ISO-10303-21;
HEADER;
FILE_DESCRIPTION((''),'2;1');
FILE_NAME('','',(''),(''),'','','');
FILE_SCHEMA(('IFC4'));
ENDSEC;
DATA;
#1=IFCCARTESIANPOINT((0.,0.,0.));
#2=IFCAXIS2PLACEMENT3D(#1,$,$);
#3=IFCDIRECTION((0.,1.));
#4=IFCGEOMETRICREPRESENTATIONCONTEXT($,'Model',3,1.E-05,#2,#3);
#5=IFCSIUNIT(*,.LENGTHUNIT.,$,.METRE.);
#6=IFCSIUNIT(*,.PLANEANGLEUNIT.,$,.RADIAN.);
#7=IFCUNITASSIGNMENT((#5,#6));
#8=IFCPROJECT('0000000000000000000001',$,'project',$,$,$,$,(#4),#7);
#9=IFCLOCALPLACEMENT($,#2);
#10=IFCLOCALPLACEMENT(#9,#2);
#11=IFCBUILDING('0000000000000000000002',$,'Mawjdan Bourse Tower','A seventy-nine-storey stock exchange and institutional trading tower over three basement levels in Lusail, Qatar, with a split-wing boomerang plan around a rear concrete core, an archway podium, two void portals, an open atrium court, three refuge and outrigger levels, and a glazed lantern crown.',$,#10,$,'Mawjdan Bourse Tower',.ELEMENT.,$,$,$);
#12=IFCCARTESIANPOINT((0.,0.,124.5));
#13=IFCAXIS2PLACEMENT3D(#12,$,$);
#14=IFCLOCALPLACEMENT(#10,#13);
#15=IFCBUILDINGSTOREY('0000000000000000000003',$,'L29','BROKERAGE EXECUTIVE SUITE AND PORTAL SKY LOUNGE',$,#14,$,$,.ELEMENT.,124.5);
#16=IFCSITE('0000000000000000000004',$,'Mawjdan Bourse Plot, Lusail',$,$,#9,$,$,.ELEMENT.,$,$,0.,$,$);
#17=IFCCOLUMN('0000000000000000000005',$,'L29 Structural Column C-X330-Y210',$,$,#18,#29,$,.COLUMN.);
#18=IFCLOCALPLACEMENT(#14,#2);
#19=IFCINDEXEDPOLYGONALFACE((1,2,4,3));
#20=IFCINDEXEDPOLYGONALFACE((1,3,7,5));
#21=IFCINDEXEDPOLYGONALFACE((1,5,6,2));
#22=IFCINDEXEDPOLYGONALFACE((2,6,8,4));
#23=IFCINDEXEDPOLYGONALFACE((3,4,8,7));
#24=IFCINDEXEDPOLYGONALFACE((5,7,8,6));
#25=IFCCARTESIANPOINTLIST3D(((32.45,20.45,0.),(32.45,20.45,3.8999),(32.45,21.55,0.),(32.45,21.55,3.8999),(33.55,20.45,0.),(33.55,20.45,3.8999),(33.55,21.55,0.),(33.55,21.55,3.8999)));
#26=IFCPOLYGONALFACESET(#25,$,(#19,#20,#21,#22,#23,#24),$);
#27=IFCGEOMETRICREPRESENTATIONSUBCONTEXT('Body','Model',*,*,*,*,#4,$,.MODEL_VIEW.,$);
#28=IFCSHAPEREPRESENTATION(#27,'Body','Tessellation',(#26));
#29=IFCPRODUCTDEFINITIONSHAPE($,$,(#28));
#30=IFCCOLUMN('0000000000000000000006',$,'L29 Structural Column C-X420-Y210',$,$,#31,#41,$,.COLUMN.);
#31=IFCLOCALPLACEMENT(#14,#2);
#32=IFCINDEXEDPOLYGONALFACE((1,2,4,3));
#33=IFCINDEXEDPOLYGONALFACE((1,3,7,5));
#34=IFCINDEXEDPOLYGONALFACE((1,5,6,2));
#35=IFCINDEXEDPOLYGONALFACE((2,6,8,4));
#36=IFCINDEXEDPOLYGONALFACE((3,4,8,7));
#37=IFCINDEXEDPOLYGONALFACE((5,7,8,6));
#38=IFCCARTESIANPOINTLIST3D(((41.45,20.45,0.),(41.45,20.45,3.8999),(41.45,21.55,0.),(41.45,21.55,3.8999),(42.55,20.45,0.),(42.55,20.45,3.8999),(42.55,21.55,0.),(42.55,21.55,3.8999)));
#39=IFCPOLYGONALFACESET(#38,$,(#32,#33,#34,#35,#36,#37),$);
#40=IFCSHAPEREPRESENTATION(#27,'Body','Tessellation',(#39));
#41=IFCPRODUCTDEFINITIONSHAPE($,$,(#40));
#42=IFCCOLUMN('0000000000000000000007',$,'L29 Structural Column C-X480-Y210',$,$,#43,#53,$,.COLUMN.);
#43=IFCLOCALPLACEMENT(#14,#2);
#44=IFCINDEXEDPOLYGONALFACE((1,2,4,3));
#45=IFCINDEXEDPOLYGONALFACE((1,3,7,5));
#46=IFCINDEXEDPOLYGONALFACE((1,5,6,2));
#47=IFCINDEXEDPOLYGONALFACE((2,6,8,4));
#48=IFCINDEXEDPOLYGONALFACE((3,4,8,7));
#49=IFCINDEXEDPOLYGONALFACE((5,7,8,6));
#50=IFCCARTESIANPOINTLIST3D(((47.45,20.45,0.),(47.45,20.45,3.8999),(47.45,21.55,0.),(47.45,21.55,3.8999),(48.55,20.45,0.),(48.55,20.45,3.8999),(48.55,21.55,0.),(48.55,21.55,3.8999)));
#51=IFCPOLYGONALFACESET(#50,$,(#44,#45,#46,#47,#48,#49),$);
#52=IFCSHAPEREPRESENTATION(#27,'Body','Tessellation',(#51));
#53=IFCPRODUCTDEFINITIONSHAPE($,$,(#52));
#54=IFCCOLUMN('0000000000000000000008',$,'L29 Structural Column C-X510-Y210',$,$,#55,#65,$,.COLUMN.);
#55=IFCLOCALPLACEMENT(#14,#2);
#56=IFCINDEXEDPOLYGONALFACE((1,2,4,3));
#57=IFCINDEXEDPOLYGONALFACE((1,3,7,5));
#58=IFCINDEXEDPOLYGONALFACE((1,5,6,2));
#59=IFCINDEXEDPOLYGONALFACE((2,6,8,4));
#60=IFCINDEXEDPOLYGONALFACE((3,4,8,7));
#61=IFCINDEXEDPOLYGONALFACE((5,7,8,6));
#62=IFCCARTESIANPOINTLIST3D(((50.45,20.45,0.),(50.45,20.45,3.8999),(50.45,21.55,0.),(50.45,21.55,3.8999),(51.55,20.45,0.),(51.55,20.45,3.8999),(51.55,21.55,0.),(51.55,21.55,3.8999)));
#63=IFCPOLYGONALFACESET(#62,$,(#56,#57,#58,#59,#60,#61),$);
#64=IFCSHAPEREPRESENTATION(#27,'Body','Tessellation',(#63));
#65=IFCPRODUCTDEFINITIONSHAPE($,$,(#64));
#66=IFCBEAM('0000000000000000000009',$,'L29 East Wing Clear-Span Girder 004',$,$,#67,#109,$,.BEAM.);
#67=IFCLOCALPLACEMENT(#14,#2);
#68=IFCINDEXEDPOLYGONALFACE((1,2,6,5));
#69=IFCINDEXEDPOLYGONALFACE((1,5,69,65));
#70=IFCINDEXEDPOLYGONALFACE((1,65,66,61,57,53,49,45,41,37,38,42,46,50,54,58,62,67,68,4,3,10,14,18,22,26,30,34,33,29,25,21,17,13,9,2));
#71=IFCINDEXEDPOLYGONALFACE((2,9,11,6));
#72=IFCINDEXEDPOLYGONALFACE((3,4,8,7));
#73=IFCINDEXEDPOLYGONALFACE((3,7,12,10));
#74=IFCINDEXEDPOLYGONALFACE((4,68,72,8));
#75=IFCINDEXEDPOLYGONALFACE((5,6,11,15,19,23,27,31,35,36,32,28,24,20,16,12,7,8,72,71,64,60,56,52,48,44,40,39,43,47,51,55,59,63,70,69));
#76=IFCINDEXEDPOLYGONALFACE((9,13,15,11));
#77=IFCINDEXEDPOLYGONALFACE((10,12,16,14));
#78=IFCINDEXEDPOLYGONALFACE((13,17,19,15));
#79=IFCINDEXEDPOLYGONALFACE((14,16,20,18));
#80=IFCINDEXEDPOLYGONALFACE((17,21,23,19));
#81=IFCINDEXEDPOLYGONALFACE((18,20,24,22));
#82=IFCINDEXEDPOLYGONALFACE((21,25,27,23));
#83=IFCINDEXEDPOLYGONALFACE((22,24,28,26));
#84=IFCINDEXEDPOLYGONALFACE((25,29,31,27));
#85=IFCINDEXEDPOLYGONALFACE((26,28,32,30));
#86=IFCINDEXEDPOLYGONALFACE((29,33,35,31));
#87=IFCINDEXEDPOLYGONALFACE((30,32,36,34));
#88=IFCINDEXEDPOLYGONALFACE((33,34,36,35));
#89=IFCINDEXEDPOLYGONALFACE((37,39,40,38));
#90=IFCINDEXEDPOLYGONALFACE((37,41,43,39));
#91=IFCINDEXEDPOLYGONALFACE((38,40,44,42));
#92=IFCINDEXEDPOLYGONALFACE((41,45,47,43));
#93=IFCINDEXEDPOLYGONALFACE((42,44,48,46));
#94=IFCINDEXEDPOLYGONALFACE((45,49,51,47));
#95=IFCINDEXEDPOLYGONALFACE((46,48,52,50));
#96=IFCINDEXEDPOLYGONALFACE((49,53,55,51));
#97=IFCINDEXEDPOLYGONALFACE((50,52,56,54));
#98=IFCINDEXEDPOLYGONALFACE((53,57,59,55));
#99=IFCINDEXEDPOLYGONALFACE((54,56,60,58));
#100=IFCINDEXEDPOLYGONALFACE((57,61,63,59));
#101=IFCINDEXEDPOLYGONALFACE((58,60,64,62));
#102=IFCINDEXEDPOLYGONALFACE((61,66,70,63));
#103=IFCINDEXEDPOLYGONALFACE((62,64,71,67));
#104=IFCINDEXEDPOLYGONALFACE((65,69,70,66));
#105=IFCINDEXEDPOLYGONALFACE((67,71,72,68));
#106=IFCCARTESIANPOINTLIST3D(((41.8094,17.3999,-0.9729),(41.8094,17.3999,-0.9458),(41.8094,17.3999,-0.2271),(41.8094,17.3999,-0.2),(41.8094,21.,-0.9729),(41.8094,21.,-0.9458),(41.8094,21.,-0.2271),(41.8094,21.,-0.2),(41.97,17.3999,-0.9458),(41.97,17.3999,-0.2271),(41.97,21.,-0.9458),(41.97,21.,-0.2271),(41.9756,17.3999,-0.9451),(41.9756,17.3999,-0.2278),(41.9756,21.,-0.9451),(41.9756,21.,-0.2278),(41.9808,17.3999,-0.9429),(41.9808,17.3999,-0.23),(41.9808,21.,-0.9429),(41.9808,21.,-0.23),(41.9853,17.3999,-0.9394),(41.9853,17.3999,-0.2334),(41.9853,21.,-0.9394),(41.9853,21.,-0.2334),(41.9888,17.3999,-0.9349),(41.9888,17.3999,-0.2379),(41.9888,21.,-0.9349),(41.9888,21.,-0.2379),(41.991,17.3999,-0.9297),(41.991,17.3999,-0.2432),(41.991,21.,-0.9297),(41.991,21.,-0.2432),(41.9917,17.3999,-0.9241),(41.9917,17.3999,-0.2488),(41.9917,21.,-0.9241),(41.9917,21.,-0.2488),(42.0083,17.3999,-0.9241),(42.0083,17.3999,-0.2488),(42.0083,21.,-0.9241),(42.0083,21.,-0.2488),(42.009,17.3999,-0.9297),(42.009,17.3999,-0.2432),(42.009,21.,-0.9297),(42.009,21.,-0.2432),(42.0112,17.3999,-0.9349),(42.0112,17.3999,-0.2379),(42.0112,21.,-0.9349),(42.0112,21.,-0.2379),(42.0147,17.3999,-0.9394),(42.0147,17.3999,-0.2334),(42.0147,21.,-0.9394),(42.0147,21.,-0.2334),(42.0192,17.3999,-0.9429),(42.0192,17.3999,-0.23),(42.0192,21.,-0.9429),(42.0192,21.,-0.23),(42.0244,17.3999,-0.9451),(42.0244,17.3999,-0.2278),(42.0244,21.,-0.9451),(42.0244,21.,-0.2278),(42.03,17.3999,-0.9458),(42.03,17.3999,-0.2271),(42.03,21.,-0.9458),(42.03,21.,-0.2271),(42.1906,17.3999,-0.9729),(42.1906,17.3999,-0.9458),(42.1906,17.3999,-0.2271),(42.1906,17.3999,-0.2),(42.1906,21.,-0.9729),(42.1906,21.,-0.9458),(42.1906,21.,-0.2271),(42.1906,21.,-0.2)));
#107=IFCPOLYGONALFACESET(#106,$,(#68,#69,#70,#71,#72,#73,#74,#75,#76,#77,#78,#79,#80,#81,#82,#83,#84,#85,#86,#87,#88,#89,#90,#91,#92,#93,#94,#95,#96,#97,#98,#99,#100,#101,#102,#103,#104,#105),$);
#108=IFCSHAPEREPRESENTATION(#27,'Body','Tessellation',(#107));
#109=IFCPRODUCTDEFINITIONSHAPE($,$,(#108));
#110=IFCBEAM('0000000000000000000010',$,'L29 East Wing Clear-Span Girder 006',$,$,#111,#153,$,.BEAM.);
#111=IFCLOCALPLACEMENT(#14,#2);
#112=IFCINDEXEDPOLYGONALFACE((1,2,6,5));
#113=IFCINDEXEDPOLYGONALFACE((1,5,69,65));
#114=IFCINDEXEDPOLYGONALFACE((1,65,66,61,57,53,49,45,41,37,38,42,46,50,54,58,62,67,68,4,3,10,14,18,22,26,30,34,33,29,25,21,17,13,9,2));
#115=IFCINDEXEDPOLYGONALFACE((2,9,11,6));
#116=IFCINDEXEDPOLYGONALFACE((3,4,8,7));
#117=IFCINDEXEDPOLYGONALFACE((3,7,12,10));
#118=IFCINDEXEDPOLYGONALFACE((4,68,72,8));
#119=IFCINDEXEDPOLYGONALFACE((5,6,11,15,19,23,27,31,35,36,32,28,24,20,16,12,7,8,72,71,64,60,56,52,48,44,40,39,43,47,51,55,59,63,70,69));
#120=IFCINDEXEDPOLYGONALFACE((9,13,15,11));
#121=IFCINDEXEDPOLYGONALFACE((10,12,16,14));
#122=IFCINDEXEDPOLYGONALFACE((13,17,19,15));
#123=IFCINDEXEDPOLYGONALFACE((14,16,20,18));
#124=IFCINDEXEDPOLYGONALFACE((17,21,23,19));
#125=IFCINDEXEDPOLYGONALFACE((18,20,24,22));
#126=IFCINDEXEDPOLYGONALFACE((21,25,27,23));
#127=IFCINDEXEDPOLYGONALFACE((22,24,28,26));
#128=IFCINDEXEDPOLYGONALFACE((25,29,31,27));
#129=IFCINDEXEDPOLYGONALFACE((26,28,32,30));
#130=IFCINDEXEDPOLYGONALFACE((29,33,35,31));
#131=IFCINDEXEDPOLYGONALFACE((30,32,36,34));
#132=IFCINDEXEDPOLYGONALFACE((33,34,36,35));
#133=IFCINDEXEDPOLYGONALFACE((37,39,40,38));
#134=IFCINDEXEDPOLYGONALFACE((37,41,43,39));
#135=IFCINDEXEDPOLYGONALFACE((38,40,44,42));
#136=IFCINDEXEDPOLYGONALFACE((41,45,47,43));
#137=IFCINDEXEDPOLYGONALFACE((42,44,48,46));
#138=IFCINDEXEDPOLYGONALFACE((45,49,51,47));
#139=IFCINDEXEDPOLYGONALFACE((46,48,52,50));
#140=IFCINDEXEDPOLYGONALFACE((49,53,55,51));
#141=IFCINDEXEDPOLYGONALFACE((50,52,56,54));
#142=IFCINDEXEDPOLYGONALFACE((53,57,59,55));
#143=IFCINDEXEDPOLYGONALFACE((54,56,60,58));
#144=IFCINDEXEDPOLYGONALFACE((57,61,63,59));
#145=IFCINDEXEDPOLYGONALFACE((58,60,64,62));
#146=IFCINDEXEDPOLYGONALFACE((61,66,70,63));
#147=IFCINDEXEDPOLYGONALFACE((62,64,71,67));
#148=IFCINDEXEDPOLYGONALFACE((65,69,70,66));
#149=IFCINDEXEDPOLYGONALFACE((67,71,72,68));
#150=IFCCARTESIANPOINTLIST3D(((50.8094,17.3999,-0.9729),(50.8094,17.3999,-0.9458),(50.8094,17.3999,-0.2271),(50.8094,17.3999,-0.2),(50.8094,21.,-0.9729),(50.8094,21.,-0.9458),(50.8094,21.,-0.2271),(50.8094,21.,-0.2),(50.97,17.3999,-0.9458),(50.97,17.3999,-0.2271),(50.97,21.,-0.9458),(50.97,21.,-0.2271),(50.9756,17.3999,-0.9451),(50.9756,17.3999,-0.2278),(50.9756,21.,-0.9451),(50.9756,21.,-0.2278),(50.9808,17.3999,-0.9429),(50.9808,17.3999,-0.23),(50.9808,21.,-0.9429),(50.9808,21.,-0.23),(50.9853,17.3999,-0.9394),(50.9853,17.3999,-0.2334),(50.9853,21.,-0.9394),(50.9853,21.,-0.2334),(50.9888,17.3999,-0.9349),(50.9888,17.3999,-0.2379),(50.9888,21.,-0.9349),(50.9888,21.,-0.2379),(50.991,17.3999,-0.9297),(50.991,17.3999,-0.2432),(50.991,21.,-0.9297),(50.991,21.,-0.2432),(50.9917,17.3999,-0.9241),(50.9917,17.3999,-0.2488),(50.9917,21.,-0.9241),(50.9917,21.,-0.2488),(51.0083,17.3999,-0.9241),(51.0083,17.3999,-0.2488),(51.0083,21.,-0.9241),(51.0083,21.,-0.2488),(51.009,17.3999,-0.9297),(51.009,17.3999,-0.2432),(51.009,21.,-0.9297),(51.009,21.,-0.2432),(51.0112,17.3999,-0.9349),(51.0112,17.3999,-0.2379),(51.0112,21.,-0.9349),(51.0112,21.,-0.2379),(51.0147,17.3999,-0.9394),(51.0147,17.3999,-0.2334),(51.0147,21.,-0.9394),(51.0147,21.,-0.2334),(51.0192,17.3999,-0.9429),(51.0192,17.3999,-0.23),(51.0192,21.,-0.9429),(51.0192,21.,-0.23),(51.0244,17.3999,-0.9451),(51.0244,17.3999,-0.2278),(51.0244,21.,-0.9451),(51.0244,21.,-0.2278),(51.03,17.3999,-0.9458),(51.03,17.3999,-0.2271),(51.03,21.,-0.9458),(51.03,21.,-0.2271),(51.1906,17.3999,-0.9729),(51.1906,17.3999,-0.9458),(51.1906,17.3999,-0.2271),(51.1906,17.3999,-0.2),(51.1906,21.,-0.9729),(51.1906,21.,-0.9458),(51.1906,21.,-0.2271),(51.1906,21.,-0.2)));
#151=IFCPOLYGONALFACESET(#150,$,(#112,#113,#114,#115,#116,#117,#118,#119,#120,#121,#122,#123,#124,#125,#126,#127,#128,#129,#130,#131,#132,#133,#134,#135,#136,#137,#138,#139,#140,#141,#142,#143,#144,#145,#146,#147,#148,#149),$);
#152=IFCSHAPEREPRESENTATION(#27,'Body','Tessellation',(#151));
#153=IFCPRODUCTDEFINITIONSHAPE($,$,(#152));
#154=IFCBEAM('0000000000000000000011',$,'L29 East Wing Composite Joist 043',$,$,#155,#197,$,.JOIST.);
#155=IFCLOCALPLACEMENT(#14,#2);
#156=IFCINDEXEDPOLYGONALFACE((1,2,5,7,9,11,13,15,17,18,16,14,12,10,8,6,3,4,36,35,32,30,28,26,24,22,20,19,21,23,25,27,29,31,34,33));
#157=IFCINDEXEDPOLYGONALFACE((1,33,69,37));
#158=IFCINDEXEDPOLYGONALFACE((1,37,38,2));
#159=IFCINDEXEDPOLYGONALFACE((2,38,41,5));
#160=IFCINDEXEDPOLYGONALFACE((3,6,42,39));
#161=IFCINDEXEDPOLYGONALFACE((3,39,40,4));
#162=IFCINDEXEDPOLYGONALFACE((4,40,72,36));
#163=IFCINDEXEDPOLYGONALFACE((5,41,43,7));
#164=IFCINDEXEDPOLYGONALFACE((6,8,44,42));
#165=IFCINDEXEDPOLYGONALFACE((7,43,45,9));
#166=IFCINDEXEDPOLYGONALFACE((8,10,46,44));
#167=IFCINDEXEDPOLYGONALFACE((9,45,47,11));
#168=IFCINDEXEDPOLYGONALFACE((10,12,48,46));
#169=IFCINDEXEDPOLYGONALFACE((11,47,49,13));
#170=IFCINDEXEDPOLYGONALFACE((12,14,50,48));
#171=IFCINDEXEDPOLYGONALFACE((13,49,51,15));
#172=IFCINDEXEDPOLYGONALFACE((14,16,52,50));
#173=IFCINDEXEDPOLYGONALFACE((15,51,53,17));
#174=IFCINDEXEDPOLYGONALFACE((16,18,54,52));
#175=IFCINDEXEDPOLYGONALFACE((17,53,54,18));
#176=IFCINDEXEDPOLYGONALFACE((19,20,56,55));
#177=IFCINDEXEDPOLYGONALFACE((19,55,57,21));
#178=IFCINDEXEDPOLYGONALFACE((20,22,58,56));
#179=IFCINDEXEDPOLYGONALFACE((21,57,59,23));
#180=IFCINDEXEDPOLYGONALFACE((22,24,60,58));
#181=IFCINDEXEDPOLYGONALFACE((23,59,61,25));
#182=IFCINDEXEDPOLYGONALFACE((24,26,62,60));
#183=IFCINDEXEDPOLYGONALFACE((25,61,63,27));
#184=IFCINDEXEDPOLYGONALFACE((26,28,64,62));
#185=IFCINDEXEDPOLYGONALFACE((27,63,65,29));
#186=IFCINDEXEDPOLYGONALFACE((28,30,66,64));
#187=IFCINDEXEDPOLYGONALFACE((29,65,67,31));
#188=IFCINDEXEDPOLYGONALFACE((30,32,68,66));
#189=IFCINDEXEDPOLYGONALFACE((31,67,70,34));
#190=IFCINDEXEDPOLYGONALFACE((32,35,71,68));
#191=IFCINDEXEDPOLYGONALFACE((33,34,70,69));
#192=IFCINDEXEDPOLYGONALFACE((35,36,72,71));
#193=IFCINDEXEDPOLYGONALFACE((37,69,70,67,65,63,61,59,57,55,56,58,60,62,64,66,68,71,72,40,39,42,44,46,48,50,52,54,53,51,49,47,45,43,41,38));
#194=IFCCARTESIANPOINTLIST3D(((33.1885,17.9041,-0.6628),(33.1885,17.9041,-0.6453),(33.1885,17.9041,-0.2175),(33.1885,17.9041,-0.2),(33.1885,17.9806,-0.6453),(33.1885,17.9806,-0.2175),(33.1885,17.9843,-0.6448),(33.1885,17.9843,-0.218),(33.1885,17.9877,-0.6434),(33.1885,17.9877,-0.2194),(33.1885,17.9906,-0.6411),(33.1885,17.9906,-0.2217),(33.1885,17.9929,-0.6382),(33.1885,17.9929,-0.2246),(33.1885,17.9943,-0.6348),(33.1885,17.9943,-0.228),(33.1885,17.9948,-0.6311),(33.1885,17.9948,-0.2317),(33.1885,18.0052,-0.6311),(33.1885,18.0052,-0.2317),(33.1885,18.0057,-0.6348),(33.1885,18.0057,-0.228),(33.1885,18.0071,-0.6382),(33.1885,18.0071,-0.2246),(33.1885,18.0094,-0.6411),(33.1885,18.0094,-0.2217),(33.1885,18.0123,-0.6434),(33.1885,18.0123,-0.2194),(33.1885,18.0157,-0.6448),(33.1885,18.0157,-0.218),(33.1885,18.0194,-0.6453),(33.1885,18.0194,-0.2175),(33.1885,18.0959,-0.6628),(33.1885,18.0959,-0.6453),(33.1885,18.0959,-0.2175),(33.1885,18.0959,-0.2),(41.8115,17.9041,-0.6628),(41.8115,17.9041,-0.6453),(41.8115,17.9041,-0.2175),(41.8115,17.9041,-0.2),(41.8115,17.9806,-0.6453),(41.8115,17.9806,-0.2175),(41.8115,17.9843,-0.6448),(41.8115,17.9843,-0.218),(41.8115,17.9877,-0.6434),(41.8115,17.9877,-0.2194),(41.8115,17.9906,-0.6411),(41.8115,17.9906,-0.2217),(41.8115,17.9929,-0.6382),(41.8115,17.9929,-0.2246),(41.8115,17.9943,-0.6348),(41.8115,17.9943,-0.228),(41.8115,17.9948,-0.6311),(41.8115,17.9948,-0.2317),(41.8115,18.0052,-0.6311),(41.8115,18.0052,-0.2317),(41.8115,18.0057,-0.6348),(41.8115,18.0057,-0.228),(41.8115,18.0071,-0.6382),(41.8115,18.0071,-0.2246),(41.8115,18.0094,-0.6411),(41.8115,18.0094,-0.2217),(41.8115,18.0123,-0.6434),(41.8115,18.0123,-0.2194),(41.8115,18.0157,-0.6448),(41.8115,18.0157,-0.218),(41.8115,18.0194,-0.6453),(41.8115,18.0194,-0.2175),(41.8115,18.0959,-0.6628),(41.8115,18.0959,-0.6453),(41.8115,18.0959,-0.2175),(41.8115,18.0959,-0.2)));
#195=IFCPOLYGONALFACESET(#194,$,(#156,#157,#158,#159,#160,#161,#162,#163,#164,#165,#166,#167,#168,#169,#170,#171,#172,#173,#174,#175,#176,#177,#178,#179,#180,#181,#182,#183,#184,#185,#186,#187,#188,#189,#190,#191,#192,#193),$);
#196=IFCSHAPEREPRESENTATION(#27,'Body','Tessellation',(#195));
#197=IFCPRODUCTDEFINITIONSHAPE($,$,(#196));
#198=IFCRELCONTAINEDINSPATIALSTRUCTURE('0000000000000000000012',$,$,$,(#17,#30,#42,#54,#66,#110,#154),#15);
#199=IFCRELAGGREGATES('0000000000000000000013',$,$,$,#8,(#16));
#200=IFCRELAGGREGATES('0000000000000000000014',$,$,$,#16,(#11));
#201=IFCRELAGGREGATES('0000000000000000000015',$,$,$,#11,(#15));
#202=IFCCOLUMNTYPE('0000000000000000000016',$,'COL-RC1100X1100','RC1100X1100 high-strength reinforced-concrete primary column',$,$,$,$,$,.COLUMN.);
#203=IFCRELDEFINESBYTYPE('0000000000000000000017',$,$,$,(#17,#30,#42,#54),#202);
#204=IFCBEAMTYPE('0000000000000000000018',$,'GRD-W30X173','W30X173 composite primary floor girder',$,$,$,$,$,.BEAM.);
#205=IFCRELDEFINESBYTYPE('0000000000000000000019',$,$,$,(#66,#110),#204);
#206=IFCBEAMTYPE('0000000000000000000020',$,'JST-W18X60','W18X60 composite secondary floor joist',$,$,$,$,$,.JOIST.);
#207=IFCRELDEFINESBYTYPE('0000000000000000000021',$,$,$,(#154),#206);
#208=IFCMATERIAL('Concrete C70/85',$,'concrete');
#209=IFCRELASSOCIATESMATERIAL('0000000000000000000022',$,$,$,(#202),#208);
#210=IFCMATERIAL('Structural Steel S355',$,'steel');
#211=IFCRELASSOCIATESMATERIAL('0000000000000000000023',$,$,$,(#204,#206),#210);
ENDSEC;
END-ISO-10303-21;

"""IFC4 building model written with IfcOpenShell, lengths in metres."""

from ifc_helpers import new_model, si_unit, direction, frame, origin, origin_2d, place, context, subcontext, project, spatial, rectangle, i_section, extrude, material, material_profile, profile_set, type_object, element, save


model = new_model("IFC4")

# Units and contexts
model_context = context("Model", 3, precision=1e-05, world=origin(), true_north=direction((0.0, 1.0)))
body_context = subcontext(model_context, "Body", "Model", "MODEL_VIEW")
ifc_project = project(units=[si_unit("LENGTHUNIT", "METRE"), si_unit("PLANEANGLEUNIT", "RADIAN")], contexts=[model_context])

# Site, building, storey
site_placement = place(None, origin())
site = spatial("IfcSite", under=ifc_project, at=site_placement, Name="Mawjdan Bourse Plot, Lusail", CompositionType="ELEMENT", RefElevation=0.0)
building_placement = place(site_placement, origin())
building = spatial("IfcBuilding", under=site, at=building_placement, Name="Mawjdan Bourse Tower", Description="A seventy-nine-storey stock exchange and institutional trading tower over three basement levels in Lusail, Qatar, with a split-wing boomerang plan around a rear concrete core, an archway podium, two void portals, an open atrium court, three refuge and outrigger levels, and a glazed lantern crown.", LongName="Mawjdan Bourse Tower", CompositionType="ELEMENT")
storey_placement = place(building_placement, frame((0.0, 0.0, 124.5)))
storey = spatial("IfcBuildingStorey", under=building, at=storey_placement, Name="L29", Description="BROKERAGE EXECUTIVE SUITE AND PORTAL SKY LOUNGE", CompositionType="ELEMENT", Elevation=124.5)

# Columns
ifc_material_1 = material(Name="Concrete C70/85", Category="concrete")
ifc_material_profile_1 = material_profile(ifc_material_1, rectangle(XDim=1.1001, YDim=1.1001, at=origin_2d()), Name="RC1100X1100")
ifc_profile_set_1 = profile_set([ifc_material_profile_1], Name="Concrete C70/85")
column_type = type_object("IfcColumnType", Name="COL-RC1100X1100", Description="RC1100X1100 high-strength reinforced-concrete primary column", PredefinedType="COLUMN", material=ifc_profile_set_1)
for number, where, z_axis, x_axis, name in (
    (1, (33.0, 21.0, 0.0), (0.0, 0.0, 1.0), (1.0, 0.0, 0.0), "L29 Structural Column C-X330-Y210"),
    (2, (42.0, 21.0, 0.0), (0.0, 0.0, 1.0), (1.0, 0.0, 0.0), "L29 Structural Column C-X420-Y210"),
    (3, (48.0, 21.0, 0.0), (0.0, 0.0, 1.0), (1.0, 0.0, 0.0), "L29 Structural Column C-X480-Y210"),
    (4, (51.0, 21.0, 0.0), (0.0, 0.0, 1.0), (1.0, 0.0, 0.0), "L29 Structural Column C-X510-Y210"),
):
    element("IfcColumn", number, at=place(storey_placement, frame(where, z_axis=z_axis, x_axis=x_axis)), inside=storey, type_object=column_type, Name=name, PredefinedType="COLUMN", context=body_context, shape_type="SweptSolid", body=[
        extrude(rectangle(XDim=1.1001, YDim=1.1001, at=origin_2d()), origin(), (0.0, 0.0, 1.0), 3.8999),
    ])

# Beams
ifc_material_2 = material(Name="Structural Steel S355", Category="steel")
ifc_material_profile_2 = material_profile(ifc_material_2, i_section(OverallWidth=0.3811, OverallDepth=0.7729, WebThickness=0.0166, FlangeThickness=0.0271, FilletRadius=0.0217, at=origin_2d()), Name="W30X173")
ifc_profile_set_2 = profile_set([ifc_material_profile_2], Name="Structural Steel S355")
beam_type_1 = type_object("IfcBeamType", Name="GRD-W30X173", Description="W30X173 composite primary floor girder", PredefinedType="BEAM", material=ifc_profile_set_2)
for number, where, z_axis, x_axis, name in (
    (5, (42.0, 17.3999, -0.5864), (0.0, 1.0, 0.0), (-1.0, 0.0, 0.0), "L29 East Wing Clear-Span Girder 004"),
    (6, (51.0, 17.3999, -0.5864), (0.0, 1.0, 0.0), (-1.0, 0.0, 0.0), "L29 East Wing Clear-Span Girder 006"),
):
    element("IfcBeam", number, at=place(storey_placement, frame(where, z_axis=z_axis, x_axis=x_axis)), inside=storey, type_object=beam_type_1, Name=name, PredefinedType="BEAM", context=body_context, shape_type="SweptSolid", body=[
        extrude(i_section(OverallWidth=0.3811, OverallDepth=0.7729, WebThickness=0.0166, FlangeThickness=0.0271, FilletRadius=0.0217, at=origin_2d()), origin(), (0.0, 0.0, 1.0), 3.6001),
    ])
ifc_material_profile_3 = material_profile(ifc_material_2, i_section(OverallWidth=0.1919, OverallDepth=0.4629, WebThickness=0.0105, FlangeThickness=0.0176, FilletRadius=0.0142, at=origin_2d()), Name="W18X60")
ifc_profile_set_3 = profile_set([ifc_material_profile_3], Name="Structural Steel S355")
beam_type_2 = type_object("IfcBeamType", Name="JST-W18X60", Description="W18X60 composite secondary floor joist", PredefinedType="JOIST", material=ifc_profile_set_3)
for number, where, z_axis, x_axis, name in (
    (7, (33.1885, 18.0, -0.4314), (1.0, 0.0, 0.0), (0.0, 1.0, 0.0), "L29 East Wing Composite Joist 043"),
):
    element("IfcBeam", number, at=place(storey_placement, frame(where, z_axis=z_axis, x_axis=x_axis)), inside=storey, type_object=beam_type_2, Name=name, PredefinedType="JOIST", context=body_context, shape_type="SweptSolid", body=[
        extrude(i_section(OverallWidth=0.1919, OverallDepth=0.4629, WebThickness=0.0105, FlangeThickness=0.0176, FilletRadius=0.0142, at=origin_2d()), origin(), (0.0, 0.0, 1.0), 8.623),
    ])

save(model, "model.ifc")
